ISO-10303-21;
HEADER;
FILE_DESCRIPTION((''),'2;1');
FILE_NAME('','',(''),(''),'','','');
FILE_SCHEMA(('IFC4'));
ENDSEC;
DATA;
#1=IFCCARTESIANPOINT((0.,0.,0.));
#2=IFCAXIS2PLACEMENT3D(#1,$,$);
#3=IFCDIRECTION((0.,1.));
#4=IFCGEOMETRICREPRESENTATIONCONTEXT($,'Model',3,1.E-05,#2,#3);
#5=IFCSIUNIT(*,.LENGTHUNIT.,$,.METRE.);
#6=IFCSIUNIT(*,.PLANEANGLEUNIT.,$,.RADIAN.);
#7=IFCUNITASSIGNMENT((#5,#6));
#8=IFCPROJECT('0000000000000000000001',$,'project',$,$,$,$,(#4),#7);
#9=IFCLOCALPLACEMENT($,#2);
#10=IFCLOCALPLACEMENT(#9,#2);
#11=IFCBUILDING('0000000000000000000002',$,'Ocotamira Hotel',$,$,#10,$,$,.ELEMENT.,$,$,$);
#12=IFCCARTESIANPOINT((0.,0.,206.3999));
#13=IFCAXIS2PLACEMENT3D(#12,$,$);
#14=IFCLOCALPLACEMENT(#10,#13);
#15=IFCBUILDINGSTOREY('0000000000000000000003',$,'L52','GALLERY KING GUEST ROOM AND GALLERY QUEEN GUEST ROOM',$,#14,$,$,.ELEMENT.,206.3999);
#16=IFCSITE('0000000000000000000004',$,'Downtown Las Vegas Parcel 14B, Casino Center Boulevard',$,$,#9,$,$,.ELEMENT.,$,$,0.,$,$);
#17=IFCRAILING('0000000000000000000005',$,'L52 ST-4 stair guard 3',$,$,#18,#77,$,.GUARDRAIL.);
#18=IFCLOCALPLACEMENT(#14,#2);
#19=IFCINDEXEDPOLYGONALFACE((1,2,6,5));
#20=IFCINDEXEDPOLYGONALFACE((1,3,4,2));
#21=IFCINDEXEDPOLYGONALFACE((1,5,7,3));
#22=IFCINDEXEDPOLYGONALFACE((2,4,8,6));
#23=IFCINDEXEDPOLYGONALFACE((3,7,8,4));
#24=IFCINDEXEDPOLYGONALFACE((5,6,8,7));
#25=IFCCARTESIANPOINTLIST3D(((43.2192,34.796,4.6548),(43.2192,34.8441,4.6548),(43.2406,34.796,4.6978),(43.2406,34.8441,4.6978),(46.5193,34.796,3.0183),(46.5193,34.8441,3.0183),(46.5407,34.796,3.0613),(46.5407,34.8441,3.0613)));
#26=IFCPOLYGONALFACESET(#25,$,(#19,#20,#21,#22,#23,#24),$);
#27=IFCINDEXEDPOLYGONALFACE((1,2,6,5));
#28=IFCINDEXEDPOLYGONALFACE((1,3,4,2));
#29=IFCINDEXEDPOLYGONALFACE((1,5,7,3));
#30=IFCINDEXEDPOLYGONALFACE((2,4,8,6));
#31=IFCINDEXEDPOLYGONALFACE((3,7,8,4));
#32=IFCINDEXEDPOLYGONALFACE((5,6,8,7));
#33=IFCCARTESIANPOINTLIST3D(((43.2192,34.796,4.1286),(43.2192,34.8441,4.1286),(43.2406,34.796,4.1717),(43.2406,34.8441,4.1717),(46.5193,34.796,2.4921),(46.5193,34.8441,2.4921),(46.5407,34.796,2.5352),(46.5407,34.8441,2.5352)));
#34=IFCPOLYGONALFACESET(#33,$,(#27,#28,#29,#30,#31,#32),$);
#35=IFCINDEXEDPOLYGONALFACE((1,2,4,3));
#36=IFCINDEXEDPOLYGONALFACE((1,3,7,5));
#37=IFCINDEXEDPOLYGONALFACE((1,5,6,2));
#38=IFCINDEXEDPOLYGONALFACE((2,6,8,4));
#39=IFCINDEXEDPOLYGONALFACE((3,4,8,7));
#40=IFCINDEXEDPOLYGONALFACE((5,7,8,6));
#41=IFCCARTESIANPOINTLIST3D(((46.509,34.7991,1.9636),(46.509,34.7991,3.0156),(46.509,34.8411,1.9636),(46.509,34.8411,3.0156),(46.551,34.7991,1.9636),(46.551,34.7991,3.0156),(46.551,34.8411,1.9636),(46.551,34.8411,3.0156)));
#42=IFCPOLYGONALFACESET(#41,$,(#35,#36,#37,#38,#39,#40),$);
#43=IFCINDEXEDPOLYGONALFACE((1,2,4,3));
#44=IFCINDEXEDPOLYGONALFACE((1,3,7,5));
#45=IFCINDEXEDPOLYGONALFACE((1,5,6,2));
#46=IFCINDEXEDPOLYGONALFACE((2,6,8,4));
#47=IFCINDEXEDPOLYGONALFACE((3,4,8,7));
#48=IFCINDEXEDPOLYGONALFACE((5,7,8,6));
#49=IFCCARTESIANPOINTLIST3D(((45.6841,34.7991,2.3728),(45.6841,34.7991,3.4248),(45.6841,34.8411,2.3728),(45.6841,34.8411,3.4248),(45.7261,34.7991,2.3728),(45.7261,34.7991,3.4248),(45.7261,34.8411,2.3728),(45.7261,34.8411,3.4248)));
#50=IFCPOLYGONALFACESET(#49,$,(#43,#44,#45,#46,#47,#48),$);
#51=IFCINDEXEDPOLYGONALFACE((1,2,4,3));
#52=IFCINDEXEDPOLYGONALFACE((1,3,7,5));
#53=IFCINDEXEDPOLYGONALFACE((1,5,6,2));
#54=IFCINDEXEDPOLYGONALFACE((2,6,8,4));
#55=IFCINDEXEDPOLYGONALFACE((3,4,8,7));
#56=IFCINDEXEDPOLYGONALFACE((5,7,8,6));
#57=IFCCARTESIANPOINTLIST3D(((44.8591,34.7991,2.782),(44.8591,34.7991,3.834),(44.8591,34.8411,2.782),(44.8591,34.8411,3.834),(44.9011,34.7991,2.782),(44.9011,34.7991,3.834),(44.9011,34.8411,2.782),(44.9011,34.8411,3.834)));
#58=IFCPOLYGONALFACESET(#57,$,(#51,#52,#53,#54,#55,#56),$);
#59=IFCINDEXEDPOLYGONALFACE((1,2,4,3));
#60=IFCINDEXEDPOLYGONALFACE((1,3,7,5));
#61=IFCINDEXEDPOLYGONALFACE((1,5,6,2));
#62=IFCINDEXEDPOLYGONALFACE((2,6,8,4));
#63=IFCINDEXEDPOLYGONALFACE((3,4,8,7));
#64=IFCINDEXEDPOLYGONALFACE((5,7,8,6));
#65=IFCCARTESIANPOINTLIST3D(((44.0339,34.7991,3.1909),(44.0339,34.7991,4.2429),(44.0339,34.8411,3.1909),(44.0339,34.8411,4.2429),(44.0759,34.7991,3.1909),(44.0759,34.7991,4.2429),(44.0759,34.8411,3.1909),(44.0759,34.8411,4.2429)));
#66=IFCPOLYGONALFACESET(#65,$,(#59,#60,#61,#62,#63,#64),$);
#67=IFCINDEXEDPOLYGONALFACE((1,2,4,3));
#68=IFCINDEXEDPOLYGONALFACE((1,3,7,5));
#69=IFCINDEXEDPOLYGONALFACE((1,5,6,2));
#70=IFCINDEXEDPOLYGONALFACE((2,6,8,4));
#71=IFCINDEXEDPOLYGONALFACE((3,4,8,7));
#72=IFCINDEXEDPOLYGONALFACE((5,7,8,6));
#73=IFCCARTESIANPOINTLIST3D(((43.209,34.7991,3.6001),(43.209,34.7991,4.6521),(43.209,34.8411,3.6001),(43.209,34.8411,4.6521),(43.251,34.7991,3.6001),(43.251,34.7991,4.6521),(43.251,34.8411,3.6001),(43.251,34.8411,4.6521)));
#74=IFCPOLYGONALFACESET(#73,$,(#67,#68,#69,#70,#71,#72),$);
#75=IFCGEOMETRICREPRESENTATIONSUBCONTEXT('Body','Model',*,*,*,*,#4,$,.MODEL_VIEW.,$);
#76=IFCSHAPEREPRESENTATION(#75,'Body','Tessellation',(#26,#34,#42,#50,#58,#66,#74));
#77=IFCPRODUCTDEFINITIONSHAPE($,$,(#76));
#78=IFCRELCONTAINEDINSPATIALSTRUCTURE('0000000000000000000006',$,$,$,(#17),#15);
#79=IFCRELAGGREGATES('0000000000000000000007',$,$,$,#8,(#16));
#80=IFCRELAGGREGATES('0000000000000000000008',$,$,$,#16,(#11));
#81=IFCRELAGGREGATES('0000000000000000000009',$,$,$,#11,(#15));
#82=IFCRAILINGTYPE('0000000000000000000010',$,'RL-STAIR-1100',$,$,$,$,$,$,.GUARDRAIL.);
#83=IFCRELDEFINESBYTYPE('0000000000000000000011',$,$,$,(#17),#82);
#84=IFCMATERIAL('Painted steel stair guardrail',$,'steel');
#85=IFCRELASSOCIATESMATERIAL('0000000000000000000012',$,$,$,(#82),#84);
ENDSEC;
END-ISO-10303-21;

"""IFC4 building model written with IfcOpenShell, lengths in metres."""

from ifc_helpers import new_model, si_unit, direction, frame, origin, origin_2d, place, context, subcontext, project, spatial, rectangle, extrude, material, type_object, element, save


model = new_model("IFC4")

# Units and contexts
model_context = context("Model", 3, precision=1e-05, world=origin(), true_north=direction((0.0, 1.0)))
body_context = subcontext(model_context, "Body", "Model", "MODEL_VIEW")
ifc_project = project(units=[si_unit("LENGTHUNIT", "METRE"), si_unit("PLANEANGLEUNIT", "RADIAN")], contexts=[model_context])

# Site, building, storey
site_placement = place(None, origin())
site = spatial("IfcSite", under=ifc_project, at=site_placement, Name="Downtown Las Vegas Parcel 14B, Casino Center Boulevard", CompositionType="ELEMENT", RefElevation=0.0)
building_placement = place(site_placement, origin())
building = spatial("IfcBuilding", under=site, at=building_placement, Name="Ocotamira Hotel", CompositionType="ELEMENT")
storey_placement = place(building_placement, frame((0.0, 0.0, 206.3999)))
storey = spatial("IfcBuildingStorey", under=building, at=storey_placement, Name="L52", Description="GALLERY KING GUEST ROOM AND GALLERY QUEEN GUEST ROOM", CompositionType="ELEMENT", Elevation=206.3999)

# Railing
ifc_material_1 = material(Name="Painted steel stair guardrail", Category="steel")
railing_type_1 = type_object("IfcRailingType", Name="RL-STAIR-1100", PredefinedType="GUARDRAIL", material=ifc_material_1)
railing_1_placement = place(storey_placement, frame((46.53, 34.8201, 1.9636)))
element("IfcRailing", 1, at=railing_1_placement, inside=storey, type_object=railing_type_1, Name="L52 ST-4 stair guard 3", PredefinedType="GUARDRAIL", context=body_context, shape_type="SweptSolid", body=[
    extrude(rectangle(XDim=0.0481, YDim=0.0481, at=origin_2d()), frame((0.0, 0.0, 1.0762), z_axis=(-0.895894, 0.0, 0.444268), x_axis=(0.0, -1.0, 0.0)), (0.0, 0.0, 1.0), 3.6836),
    extrude(rectangle(XDim=0.0481, YDim=0.0481, at=origin_2d()), frame((0.0, 0.0, 0.55), z_axis=(-0.895894, 0.0, 0.444268), x_axis=(0.0, -1.0, 0.0)), (0.0, 0.0, 1.0), 3.6836),
    extrude(rectangle(XDim=0.042, YDim=0.042, at=origin_2d()), origin(), (0.0, 0.0, 1.0), 1.052),
    extrude(rectangle(XDim=0.042, YDim=0.042, at=origin_2d()), frame((-0.825, 0.0, 0.4092)), (0.0, 0.0, 1.0), 1.052),
    extrude(rectangle(XDim=0.042, YDim=0.042, at=origin_2d()), frame((-1.6499, 0.0, 0.8184)), (0.0, 0.0, 1.0), 1.052),
    extrude(rectangle(XDim=0.042, YDim=0.042, at=origin_2d()), frame((-2.4751, 0.0, 1.2273)), (0.0, 0.0, 1.0), 1.052),
    extrude(rectangle(XDim=0.042, YDim=0.042, at=origin_2d()), frame((-3.3, 0.0, 1.6365)), (0.0, 0.0, 1.0), 1.052),
])

save(model, "model.ifc")
